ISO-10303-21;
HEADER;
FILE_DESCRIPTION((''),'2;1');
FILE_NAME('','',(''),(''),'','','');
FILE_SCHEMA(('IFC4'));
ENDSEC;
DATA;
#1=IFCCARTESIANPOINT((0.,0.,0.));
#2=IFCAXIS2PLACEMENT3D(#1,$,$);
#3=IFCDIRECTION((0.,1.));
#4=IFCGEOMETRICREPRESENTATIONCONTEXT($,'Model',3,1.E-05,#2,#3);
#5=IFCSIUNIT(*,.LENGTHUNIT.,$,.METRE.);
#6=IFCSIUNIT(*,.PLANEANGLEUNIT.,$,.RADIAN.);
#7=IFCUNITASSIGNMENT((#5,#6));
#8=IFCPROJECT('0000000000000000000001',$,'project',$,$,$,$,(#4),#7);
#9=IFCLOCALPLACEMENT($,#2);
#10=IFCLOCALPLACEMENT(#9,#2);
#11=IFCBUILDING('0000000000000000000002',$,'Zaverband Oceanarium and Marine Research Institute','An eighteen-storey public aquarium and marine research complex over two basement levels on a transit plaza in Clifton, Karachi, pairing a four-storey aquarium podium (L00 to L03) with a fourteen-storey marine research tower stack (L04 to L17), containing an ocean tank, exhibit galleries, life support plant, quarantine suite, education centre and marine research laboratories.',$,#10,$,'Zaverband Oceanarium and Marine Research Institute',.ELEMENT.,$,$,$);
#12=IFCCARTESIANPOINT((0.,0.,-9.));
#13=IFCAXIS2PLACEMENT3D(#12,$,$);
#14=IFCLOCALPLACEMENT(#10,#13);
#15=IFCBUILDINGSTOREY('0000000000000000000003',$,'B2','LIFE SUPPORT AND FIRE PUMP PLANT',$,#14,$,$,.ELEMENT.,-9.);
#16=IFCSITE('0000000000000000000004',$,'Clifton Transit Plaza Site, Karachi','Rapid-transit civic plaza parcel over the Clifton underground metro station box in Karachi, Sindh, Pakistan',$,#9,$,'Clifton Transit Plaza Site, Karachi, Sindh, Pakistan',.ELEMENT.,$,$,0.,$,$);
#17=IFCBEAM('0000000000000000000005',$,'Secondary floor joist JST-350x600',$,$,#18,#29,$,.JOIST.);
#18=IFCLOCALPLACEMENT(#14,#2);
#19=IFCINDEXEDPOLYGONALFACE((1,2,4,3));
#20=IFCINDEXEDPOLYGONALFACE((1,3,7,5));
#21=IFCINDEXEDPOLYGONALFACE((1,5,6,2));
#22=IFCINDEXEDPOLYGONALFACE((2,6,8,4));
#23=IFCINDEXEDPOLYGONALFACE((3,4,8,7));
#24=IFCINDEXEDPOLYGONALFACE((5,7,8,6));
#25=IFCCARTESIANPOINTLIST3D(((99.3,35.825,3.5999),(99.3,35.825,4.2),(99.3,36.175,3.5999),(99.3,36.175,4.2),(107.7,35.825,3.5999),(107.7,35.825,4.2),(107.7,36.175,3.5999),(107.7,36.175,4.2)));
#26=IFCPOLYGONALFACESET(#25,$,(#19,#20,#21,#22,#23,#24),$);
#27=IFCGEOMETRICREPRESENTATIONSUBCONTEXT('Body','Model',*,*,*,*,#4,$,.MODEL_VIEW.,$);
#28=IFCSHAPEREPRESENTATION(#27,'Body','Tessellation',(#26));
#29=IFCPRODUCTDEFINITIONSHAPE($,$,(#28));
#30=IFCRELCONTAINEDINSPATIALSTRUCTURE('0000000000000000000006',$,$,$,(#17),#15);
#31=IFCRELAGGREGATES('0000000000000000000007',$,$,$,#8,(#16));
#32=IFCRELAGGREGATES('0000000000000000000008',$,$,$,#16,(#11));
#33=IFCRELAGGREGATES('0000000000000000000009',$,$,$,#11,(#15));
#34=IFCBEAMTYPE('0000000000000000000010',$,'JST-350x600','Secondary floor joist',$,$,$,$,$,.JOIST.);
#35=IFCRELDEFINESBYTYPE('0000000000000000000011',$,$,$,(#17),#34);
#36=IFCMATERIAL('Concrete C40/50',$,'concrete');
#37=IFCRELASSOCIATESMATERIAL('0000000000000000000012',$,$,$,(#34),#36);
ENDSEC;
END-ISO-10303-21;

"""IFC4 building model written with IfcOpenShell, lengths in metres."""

from ifc_helpers import new_model, si_unit, direction, frame, origin, origin_2d, place, context, subcontext, project, spatial, rectangle, extrude, material, material_profile, profile_set, type_object, element, save


model = new_model("IFC4")

# Units and contexts
model_context = context("Model", 3, precision=1e-05, world=origin(), true_north=direction((0.0, 1.0)))
body_context = subcontext(model_context, "Body", "Model", "MODEL_VIEW")
ifc_project = project(units=[si_unit("LENGTHUNIT", "METRE"), si_unit("PLANEANGLEUNIT", "RADIAN")], contexts=[model_context])

# Site, building, storey
site_placement = place(None, origin())
site = spatial("IfcSite", under=ifc_project, at=site_placement, Name="Clifton Transit Plaza Site, Karachi", Description="Rapid-transit civic plaza parcel over the Clifton underground metro station box in Karachi, Sindh, Pakistan", LongName="Clifton Transit Plaza Site, Karachi, Sindh, Pakistan", CompositionType="ELEMENT", RefElevation=0.0)
building_placement = place(site_placement, origin())
building = spatial("IfcBuilding", under=site, at=building_placement, Name="Zaverband Oceanarium and Marine Research Institute", Description="An eighteen-storey public aquarium and marine research complex over two basement levels on a transit plaza in Clifton, Karachi, pairing a four-storey aquarium podium (L00 to L03) with a fourteen-storey marine research tower stack (L04 to L17), containing an ocean tank, exhibit galleries, life support plant, quarantine suite, education centre and marine research laboratories.", LongName="Zaverband Oceanarium and Marine Research Institute", CompositionType="ELEMENT")
storey_placement = place(building_placement, frame((0.0, 0.0, -9.0)))
storey = spatial("IfcBuildingStorey", under=building, at=storey_placement, Name="B2", Description="LIFE SUPPORT AND FIRE PUMP PLANT", CompositionType="ELEMENT", Elevation=-9.0)

# Beam
ifc_material_1 = material(Name="Concrete C40/50", Category="concrete")
ifc_material_profile_1 = material_profile(ifc_material_1, rectangle(XDim=0.3501, YDim=0.6001, at=origin_2d()), Name="RC350x600")
ifc_profile_set_1 = profile_set([ifc_material_profile_1], Name="Concrete C40/50")
beam_type_1 = type_object("IfcBeamType", Name="JST-350x600", Description="Secondary floor joist", PredefinedType="JOIST", material=ifc_profile_set_1)
for number, where, z_axis, x_axis, name in (
    (1, (99.3, 36.0, 3.8999), (1.0, 0.0, 0.0), (0.0, 1.0, 0.0), "Secondary floor joist JST-350x600"),
):
    element("IfcBeam", number, at=place(storey_placement, frame(where, z_axis=z_axis, x_axis=x_axis)), inside=storey, type_object=beam_type_1, Name=name, PredefinedType="JOIST", context=body_context, shape_type="SweptSolid", body=[
        extrude(rectangle(XDim=0.3501, YDim=0.6001, at=origin_2d()), origin(), (0.0, 0.0, 1.0), 8.3999),
    ])

save(model, "model.ifc")
